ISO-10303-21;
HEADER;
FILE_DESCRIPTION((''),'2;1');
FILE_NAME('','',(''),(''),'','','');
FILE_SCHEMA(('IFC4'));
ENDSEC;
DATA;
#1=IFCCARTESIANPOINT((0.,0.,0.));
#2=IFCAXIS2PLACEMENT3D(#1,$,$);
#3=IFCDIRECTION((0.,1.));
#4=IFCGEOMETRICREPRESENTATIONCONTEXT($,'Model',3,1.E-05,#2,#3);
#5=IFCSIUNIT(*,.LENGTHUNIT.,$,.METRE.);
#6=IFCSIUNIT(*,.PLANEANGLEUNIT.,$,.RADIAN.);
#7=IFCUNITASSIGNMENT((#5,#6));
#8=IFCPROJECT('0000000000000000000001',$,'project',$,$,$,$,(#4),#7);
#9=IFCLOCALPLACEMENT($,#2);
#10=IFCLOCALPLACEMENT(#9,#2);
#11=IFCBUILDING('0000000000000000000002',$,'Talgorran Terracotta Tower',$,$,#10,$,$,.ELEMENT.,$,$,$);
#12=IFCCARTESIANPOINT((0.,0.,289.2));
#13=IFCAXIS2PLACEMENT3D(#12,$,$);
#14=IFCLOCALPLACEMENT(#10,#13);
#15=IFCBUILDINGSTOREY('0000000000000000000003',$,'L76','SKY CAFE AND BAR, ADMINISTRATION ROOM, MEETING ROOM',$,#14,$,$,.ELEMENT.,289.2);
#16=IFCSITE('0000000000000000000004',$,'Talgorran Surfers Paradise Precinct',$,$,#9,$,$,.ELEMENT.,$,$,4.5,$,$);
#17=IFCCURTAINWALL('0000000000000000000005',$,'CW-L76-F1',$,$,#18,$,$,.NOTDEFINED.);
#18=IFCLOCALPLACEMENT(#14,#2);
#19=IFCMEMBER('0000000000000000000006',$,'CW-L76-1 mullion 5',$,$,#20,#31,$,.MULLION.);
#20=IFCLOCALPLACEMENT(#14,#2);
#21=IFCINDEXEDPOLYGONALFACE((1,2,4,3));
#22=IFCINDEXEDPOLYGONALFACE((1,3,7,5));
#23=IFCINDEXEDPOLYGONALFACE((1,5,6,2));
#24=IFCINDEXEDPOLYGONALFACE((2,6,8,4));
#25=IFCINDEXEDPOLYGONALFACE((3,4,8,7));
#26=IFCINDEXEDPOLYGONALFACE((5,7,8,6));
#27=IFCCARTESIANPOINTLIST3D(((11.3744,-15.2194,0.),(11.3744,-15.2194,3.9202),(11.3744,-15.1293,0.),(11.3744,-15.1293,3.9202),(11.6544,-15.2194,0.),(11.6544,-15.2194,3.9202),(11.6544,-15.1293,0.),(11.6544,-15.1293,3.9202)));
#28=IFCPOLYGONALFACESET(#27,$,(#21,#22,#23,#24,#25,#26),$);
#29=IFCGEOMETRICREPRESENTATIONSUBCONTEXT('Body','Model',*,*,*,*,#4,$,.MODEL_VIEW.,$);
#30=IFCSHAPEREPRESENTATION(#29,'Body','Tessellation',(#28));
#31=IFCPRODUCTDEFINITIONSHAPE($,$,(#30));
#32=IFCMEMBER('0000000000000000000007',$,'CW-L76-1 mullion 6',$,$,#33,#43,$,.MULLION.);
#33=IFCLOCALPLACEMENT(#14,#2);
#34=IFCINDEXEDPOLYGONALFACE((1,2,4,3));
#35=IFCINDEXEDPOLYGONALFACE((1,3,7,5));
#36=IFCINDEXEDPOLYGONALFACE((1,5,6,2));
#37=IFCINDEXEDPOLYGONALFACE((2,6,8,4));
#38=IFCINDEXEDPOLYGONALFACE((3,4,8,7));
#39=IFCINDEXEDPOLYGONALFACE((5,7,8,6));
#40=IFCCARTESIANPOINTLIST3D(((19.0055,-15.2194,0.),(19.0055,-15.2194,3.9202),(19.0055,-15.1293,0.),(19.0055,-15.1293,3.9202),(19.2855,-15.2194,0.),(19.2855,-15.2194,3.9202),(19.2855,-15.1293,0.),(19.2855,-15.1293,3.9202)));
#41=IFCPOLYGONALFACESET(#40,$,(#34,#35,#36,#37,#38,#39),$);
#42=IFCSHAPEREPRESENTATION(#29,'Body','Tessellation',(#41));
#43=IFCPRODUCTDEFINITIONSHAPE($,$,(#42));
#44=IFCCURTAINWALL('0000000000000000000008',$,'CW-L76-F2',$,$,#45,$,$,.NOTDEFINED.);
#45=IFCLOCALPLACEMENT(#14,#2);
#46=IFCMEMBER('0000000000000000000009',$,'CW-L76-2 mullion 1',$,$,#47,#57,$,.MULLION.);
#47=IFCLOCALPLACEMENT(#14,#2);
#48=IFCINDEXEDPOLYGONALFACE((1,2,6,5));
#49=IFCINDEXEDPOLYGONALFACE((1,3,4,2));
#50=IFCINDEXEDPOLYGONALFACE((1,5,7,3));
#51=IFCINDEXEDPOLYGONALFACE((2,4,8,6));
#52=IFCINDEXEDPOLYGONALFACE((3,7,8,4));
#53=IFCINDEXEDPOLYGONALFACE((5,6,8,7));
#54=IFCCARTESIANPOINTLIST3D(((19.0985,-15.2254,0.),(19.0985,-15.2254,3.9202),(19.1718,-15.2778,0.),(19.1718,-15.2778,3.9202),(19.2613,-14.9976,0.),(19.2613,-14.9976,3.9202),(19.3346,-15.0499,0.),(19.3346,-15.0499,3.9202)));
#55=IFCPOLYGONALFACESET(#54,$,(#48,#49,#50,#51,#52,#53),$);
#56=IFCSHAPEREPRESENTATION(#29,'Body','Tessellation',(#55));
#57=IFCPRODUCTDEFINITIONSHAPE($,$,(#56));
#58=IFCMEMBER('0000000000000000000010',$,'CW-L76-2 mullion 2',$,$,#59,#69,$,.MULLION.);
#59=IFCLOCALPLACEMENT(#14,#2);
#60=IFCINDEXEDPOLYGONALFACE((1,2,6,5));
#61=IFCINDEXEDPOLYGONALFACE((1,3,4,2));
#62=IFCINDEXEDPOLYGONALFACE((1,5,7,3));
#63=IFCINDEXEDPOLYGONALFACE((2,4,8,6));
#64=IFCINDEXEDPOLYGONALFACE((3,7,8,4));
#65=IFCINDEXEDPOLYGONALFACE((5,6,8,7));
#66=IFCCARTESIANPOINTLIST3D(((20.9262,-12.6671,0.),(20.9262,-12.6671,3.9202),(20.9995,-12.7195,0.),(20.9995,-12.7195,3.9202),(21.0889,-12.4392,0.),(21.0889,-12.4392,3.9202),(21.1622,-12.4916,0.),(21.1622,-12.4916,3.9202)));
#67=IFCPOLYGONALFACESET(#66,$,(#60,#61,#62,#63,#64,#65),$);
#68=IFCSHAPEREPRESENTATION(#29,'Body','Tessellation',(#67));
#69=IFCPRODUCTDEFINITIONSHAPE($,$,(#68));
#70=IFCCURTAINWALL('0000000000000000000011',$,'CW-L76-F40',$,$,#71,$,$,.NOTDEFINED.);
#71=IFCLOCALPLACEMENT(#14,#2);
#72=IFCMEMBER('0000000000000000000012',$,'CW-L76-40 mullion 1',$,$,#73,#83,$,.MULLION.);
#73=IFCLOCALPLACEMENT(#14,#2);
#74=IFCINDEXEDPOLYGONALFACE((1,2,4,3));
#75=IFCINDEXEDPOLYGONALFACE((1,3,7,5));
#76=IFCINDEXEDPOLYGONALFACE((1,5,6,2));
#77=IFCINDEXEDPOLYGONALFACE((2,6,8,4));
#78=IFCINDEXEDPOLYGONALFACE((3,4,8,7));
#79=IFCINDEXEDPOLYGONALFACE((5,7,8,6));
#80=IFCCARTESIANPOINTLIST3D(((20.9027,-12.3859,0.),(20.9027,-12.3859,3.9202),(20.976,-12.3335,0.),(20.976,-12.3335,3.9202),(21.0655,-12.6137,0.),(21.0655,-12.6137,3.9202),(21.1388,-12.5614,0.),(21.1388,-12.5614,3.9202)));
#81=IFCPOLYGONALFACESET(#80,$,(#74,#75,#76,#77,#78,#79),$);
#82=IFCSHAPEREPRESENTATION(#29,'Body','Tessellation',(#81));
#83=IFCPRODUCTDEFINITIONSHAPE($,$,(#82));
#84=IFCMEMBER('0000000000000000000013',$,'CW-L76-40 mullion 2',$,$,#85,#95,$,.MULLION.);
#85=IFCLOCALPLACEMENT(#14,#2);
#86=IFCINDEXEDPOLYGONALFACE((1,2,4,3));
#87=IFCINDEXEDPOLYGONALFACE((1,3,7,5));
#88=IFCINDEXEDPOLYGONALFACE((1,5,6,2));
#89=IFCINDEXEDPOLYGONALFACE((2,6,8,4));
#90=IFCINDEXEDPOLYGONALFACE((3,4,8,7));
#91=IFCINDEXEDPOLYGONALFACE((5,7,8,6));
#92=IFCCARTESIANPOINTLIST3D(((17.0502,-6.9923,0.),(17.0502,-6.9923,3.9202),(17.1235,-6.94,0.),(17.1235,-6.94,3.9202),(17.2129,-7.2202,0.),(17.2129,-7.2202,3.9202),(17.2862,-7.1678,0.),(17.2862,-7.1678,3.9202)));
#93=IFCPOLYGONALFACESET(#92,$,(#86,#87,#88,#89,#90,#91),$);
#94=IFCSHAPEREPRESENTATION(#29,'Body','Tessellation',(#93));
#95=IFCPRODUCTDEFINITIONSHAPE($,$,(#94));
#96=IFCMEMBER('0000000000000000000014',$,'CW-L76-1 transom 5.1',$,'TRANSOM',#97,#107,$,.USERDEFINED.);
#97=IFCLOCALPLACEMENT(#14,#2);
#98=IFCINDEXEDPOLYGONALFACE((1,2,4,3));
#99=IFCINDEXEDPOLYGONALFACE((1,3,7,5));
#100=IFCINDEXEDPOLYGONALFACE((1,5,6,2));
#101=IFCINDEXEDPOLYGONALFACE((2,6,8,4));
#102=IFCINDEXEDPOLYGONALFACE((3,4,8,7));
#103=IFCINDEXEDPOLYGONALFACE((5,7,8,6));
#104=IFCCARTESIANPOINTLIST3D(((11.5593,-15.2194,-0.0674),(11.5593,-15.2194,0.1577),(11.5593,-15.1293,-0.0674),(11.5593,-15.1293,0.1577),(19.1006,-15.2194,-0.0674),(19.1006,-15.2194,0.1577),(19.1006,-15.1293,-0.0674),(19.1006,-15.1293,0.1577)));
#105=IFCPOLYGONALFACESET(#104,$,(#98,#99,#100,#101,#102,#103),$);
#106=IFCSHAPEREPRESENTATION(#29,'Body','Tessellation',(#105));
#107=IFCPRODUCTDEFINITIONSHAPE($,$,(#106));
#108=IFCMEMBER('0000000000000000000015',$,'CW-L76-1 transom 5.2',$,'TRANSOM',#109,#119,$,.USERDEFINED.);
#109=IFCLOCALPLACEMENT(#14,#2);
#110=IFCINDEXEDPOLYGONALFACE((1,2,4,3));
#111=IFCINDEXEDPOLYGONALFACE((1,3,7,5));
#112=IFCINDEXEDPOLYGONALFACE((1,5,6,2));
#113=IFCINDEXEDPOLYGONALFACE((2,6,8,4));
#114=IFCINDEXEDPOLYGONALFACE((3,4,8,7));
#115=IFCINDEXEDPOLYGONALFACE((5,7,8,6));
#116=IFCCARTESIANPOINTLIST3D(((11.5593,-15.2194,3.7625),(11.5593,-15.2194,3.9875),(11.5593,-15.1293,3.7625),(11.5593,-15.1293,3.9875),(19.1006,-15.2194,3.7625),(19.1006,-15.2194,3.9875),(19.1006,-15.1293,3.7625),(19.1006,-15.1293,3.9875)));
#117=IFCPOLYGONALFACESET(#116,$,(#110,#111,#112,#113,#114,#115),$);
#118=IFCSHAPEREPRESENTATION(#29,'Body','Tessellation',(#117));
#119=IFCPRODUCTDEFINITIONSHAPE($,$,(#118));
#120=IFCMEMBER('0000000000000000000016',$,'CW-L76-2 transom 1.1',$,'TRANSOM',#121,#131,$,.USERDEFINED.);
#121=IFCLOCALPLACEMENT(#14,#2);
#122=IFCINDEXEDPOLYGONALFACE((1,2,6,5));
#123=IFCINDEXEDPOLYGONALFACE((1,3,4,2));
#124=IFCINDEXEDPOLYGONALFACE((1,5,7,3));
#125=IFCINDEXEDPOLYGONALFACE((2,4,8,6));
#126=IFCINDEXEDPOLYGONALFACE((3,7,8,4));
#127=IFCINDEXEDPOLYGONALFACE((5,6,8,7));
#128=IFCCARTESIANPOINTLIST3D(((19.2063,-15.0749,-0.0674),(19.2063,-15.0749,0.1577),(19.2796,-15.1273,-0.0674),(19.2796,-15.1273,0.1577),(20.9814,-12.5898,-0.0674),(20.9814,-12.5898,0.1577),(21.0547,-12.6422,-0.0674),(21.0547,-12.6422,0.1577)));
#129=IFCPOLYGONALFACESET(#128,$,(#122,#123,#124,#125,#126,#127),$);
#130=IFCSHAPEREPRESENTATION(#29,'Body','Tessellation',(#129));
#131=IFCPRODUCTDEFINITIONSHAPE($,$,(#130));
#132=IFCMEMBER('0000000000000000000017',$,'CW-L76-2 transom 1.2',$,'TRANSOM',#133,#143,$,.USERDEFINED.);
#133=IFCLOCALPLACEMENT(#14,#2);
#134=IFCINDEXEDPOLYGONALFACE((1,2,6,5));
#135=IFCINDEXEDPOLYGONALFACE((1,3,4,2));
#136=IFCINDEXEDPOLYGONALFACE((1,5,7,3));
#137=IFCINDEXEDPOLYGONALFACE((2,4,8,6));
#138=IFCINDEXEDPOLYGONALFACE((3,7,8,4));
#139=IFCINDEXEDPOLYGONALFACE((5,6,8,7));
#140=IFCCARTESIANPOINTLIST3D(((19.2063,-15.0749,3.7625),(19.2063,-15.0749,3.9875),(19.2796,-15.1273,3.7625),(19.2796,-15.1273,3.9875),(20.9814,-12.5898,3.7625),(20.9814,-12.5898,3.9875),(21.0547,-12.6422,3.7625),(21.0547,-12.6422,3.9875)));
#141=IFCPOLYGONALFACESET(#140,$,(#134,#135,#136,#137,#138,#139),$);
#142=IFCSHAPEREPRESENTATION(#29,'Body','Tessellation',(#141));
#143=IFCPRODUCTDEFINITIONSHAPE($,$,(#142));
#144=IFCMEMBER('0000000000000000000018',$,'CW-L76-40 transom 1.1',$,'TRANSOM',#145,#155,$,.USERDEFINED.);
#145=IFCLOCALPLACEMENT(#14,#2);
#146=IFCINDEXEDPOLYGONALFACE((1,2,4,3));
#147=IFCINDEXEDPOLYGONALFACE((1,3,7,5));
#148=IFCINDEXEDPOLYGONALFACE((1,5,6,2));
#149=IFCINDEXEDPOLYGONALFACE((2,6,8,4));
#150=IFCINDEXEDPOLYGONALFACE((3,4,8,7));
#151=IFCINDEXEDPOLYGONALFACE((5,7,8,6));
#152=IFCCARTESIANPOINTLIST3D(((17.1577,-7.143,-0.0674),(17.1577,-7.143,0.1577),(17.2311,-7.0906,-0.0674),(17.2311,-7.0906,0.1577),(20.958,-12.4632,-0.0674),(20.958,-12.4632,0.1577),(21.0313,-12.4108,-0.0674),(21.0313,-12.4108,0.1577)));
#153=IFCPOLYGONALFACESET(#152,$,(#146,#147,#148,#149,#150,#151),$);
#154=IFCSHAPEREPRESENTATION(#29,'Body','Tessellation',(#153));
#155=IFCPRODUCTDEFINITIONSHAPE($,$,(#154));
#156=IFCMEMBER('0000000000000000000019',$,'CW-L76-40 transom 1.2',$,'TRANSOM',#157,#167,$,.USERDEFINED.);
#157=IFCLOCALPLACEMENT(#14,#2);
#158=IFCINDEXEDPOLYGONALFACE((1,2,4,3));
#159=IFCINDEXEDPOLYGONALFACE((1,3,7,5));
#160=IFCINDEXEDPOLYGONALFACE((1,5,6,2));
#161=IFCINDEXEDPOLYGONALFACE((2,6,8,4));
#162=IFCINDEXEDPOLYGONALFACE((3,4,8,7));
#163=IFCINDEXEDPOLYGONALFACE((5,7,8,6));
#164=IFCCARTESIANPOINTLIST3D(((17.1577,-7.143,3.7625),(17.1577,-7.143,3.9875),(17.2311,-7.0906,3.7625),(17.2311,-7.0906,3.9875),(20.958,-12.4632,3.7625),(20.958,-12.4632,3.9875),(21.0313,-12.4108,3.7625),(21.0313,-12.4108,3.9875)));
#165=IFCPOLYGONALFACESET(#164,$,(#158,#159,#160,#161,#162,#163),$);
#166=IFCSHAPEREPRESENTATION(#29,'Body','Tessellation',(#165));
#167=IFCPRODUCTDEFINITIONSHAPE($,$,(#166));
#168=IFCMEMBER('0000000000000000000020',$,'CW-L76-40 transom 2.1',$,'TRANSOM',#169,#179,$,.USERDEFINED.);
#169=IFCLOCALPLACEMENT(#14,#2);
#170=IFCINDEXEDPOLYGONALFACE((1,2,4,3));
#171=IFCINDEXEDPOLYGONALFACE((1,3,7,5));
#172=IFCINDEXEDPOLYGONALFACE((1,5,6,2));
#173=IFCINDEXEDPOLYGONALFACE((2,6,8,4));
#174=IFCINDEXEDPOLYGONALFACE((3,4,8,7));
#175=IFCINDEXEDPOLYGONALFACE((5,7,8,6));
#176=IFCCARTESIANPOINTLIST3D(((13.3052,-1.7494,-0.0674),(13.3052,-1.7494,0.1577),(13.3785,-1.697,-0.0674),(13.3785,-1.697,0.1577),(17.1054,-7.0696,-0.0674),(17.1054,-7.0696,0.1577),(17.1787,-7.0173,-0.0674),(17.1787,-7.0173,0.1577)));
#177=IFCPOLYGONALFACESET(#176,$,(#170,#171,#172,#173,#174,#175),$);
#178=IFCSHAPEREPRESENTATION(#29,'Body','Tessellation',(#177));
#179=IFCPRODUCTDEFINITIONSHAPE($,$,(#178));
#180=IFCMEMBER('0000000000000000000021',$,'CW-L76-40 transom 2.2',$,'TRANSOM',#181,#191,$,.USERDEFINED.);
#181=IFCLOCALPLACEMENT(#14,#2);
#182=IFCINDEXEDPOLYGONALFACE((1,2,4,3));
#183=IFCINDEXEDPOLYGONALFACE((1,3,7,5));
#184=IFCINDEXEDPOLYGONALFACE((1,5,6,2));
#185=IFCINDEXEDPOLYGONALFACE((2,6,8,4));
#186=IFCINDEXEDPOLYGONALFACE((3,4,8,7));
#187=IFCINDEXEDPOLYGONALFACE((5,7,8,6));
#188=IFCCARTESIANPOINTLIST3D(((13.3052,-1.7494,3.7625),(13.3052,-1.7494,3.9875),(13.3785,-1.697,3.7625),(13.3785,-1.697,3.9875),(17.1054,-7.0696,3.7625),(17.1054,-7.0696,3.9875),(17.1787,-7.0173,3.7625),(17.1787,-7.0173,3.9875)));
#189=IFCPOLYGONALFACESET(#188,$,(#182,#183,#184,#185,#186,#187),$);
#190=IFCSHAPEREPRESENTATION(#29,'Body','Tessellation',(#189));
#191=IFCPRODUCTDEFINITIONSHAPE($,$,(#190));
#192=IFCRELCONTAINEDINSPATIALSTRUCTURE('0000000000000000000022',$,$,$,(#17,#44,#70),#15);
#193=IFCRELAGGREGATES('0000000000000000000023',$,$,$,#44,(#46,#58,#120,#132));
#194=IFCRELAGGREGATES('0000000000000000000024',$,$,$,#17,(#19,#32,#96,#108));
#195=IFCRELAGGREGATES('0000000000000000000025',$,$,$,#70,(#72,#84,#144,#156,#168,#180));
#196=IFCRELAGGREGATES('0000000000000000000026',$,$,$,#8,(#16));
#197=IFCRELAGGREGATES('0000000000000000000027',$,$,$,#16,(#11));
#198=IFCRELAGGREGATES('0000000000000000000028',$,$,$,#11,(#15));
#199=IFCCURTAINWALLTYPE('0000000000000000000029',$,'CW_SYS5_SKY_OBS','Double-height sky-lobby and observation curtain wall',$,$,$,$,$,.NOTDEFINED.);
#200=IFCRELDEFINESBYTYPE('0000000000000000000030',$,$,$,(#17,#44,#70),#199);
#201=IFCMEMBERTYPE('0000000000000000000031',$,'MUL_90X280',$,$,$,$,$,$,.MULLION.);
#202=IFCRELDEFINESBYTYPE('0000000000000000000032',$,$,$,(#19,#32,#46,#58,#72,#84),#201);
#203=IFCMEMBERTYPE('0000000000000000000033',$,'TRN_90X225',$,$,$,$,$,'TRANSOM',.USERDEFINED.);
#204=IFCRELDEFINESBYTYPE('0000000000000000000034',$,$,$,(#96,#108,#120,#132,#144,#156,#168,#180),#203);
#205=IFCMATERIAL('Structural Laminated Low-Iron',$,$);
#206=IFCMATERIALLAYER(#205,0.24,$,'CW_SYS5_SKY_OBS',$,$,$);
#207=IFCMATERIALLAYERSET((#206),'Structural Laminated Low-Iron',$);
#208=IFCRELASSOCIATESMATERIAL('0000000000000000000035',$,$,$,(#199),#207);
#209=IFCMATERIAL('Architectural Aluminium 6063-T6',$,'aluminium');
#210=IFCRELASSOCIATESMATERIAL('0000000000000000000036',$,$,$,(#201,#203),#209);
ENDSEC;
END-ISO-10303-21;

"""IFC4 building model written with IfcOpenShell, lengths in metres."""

from ifc_helpers import new_model, si_unit, direction, frame, origin, origin_2d, place, context, subcontext, project, spatial, rectangle, extrude, material, layer, layer_set, material_profile, profile_set, type_object, element, aggregate, save


model = new_model("IFC4")

# Units and contexts
model_context = context("Model", 3, precision=1e-05, world=origin(), true_north=direction((0.0, 1.0)))
body_context = subcontext(model_context, "Body", "Model", "MODEL_VIEW")
ifc_project = project(units=[si_unit("LENGTHUNIT", "METRE"), si_unit("PLANEANGLEUNIT", "RADIAN")], contexts=[model_context])

# Site, building, storey
site_placement = place(None, origin())
site = spatial("IfcSite", under=ifc_project, at=site_placement, Name="Talgorran Surfers Paradise Precinct", CompositionType="ELEMENT", RefElevation=4.5)
building_placement = place(site_placement, origin())
building = spatial("IfcBuilding", under=site, at=building_placement, Name="Talgorran Terracotta Tower", CompositionType="ELEMENT")
storey_placement = place(building_placement, frame((0.0, 0.0, 289.2)))
storey = spatial("IfcBuildingStorey", under=building, at=storey_placement, Name="L76", Description="SKY CAFE AND BAR, ADMINISTRATION ROOM, MEETING ROOM", CompositionType="ELEMENT", Elevation=289.2)

# Curtain walls, members
ifc_material_1 = material(Name="Structural Laminated Low-Iron")
ifc_layer_1 = layer(ifc_material_1, 0.24, Name="CW_SYS5_SKY_OBS")
ifc_layer_set_1 = layer_set([ifc_layer_1], Name="Structural Laminated Low-Iron")
curtain_wall_type = type_object("IfcCurtainWallType", Name="CW_SYS5_SKY_OBS", Description="Double-height sky-lobby and observation curtain wall", PredefinedType="NOTDEFINED", material=ifc_layer_set_1)
curtain_wall_1_placement = place(storey_placement, origin())
curtain_wall_1 = element("IfcCurtainWall", 1, at=curtain_wall_1_placement, inside=storey, type_object=curtain_wall_type, Name="CW-L76-F1", PredefinedType="NOTDEFINED")
ifc_material_2 = material(Name="Architectural Aluminium 6063-T6", Category="aluminium")
ifc_material_profile_1 = material_profile(ifc_material_2, rectangle(XDim=0.0901, YDim=0.28, at=origin_2d()), Name="CWM90X280")
ifc_profile_set_1 = profile_set([ifc_material_profile_1], Name="Architectural Aluminium 6063-T6")
member_type_1 = type_object("IfcMemberType", Name="MUL_90X280", PredefinedType="MULLION", material=ifc_profile_set_1)
member_1_placement = place(storey_placement, frame((11.5144, -15.1743, 0.0), z_axis=(0.0, 0.0, 1.0), x_axis=(0.0, 1.0, 0.0)))
member_1 = element("IfcMember", 2, at=member_1_placement, type_object=member_type_1, Name="CW-L76-1 mullion 5", PredefinedType="MULLION", context=body_context, shape_type="SweptSolid", body=[
    extrude(rectangle(XDim=0.0901, YDim=0.28, at=origin_2d()), origin(), (0.0, 0.0, 1.0), 3.9202),
])
member_2_placement = place(storey_placement, frame((19.1455, -15.1743, 0.0), z_axis=(0.0, 0.0, 1.0), x_axis=(0.0, 1.0, 0.0)))
member_2 = element("IfcMember", 3, at=member_2_placement, type_object=member_type_1, Name="CW-L76-1 mullion 6", PredefinedType="MULLION", context=body_context, shape_type="SweptSolid", body=[
    extrude(rectangle(XDim=0.0901, YDim=0.28, at=origin_2d()), origin(), (0.0, 0.0, 1.0), 3.9202),
])
curtain_wall_2_placement = place(storey_placement, origin())
curtain_wall_2 = element("IfcCurtainWall", 4, at=curtain_wall_2_placement, inside=storey, type_object=curtain_wall_type, Name="CW-L76-F2", PredefinedType="NOTDEFINED")
member_3_placement = place(storey_placement, frame((19.2166, -15.1377, 0.0), z_axis=(0.0, 0.0, 1.0), x_axis=(-0.813721, 0.581256, 0.0)))
member_3 = element("IfcMember", 5, at=member_3_placement, type_object=member_type_1, Name="CW-L76-2 mullion 1", PredefinedType="MULLION", context=body_context, shape_type="SweptSolid", body=[
    extrude(rectangle(XDim=0.0901, YDim=0.28, at=origin_2d()), origin(), (0.0, 0.0, 1.0), 3.9202),
])
member_4_placement = place(storey_placement, frame((21.0442, -12.5793, 0.0), z_axis=(0.0, 0.0, 1.0), x_axis=(-0.813721, 0.581256, 0.0)))
member_4 = element("IfcMember", 6, at=member_4_placement, type_object=member_type_1, Name="CW-L76-2 mullion 2", PredefinedType="MULLION", context=body_context, shape_type="SweptSolid", body=[
    extrude(rectangle(XDim=0.0901, YDim=0.28, at=origin_2d()), origin(), (0.0, 0.0, 1.0), 3.9202),
])
curtain_wall_3_placement = place(storey_placement, origin())
curtain_wall_3 = element("IfcCurtainWall", 7, at=curtain_wall_3_placement, inside=storey, type_object=curtain_wall_type, Name="CW-L76-F40", PredefinedType="NOTDEFINED")
member_5_placement = place(storey_placement, frame((21.0208, -12.4736, 0.0), z_axis=(0.0, 0.0, 1.0), x_axis=(-0.813728, -0.581245, 0.0)))
member_5 = element("IfcMember", 8, at=member_5_placement, type_object=member_type_1, Name="CW-L76-40 mullion 1", PredefinedType="MULLION", context=body_context, shape_type="SweptSolid", body=[
    extrude(rectangle(XDim=0.0901, YDim=0.28, at=origin_2d()), origin(), (0.0, 0.0, 1.0), 3.9202),
])
member_6_placement = place(storey_placement, frame((17.1682, -7.0801, 0.0), z_axis=(0.0, 0.0, 1.0), x_axis=(-0.813728, -0.581245, 0.0)))
member_6 = element("IfcMember", 9, at=member_6_placement, type_object=member_type_1, Name="CW-L76-40 mullion 2", PredefinedType="MULLION", context=body_context, shape_type="SweptSolid", body=[
    extrude(rectangle(XDim=0.0901, YDim=0.28, at=origin_2d()), origin(), (0.0, 0.0, 1.0), 3.9202),
])

# Members
ifc_material_profile_2 = material_profile(ifc_material_2, rectangle(XDim=0.0901, YDim=0.2251, at=origin_2d()), Name="CWT90X225")
ifc_profile_set_2 = profile_set([ifc_material_profile_2], Name="Architectural Aluminium 6063-T6")
member_type_2 = type_object("IfcMemberType", Name="TRN_90X225", ElementType="TRANSOM", PredefinedType="USERDEFINED", material=ifc_profile_set_2)
member_7_placement = place(storey_placement, frame((11.5593, -15.1743, 0.0452), z_axis=(1.0, 0.0, 0.0), x_axis=(0.0, 1.0, 0.0)))
member_7 = element("IfcMember", 10, at=member_7_placement, type_object=member_type_2, Name="CW-L76-1 transom 5.1", ObjectType="TRANSOM", PredefinedType="USERDEFINED", context=body_context, shape_type="SweptSolid", body=[
    extrude(rectangle(XDim=0.0901, YDim=0.2251, at=origin_2d()), origin(), (0.0, 0.0, 1.0), 7.5413),
])
member_8_placement = place(storey_placement, frame((11.5593, -15.1743, 3.875), z_axis=(1.0, 0.0, 0.0), x_axis=(0.0, 1.0, 0.0)))
member_8 = element("IfcMember", 11, at=member_8_placement, type_object=member_type_2, Name="CW-L76-1 transom 5.2", ObjectType="TRANSOM", PredefinedType="USERDEFINED", context=body_context, shape_type="SweptSolid", body=[
    extrude(rectangle(XDim=0.0901, YDim=0.2251, at=origin_2d()), origin(), (0.0, 0.0, 1.0), 7.5413),
])
member_9_placement = place(storey_placement, frame((19.2429, -15.1011, 0.0452), z_axis=(0.581253, 0.813723, 0.0), x_axis=(-0.813723, 0.581253, 0.0)))
member_9 = element("IfcMember", 12, at=member_9_placement, type_object=member_type_2, Name="CW-L76-2 transom 1.1", ObjectType="TRANSOM", PredefinedType="USERDEFINED", context=body_context, shape_type="SweptSolid", body=[
    extrude(rectangle(XDim=0.0901, YDim=0.2251, at=origin_2d()), origin(), (0.0, 0.0, 1.0), 3.054),
])
member_10_placement = place(storey_placement, frame((19.2429, -15.1011, 3.875), z_axis=(0.581253, 0.813723, 0.0), x_axis=(-0.813723, 0.581253, 0.0)))
member_10 = element("IfcMember", 13, at=member_10_placement, type_object=member_type_2, Name="CW-L76-2 transom 1.2", ObjectType="TRANSOM", PredefinedType="USERDEFINED", context=body_context, shape_type="SweptSolid", body=[
    extrude(rectangle(XDim=0.0901, YDim=0.2251, at=origin_2d()), origin(), (0.0, 0.0, 1.0), 3.054),
])
member_11_placement = place(storey_placement, frame((20.9946, -12.437, 0.0452), z_axis=(-0.581245, 0.813728, 0.0), x_axis=(-0.813728, -0.581245, 0.0)))
member_11 = element("IfcMember", 14, at=member_11_placement, type_object=member_type_2, Name="CW-L76-40 transom 1.1", ObjectType="TRANSOM", PredefinedType="USERDEFINED", context=body_context, shape_type="SweptSolid", body=[
    extrude(rectangle(XDim=0.0901, YDim=0.2251, at=origin_2d()), origin(), (0.0, 0.0, 1.0), 6.5381),
])
member_12_placement = place(storey_placement, frame((20.9946, -12.437, 3.875), z_axis=(-0.581245, 0.813728, 0.0), x_axis=(-0.813728, -0.581245, 0.0)))
member_12 = element("IfcMember", 15, at=member_12_placement, type_object=member_type_2, Name="CW-L76-40 transom 1.2", ObjectType="TRANSOM", PredefinedType="USERDEFINED", context=body_context, shape_type="SweptSolid", body=[
    extrude(rectangle(XDim=0.0901, YDim=0.2251, at=origin_2d()), origin(), (0.0, 0.0, 1.0), 6.5381),
])
member_13_placement = place(storey_placement, frame((17.1421, -7.0435, 0.0452), z_axis=(-0.581245, 0.813728, 0.0), x_axis=(-0.813728, -0.581245, 0.0)))
member_13 = element("IfcMember", 16, at=member_13_placement, type_object=member_type_2, Name="CW-L76-40 transom 2.1", ObjectType="TRANSOM", PredefinedType="USERDEFINED", context=body_context, shape_type="SweptSolid", body=[
    extrude(rectangle(XDim=0.0901, YDim=0.2251, at=origin_2d()), origin(), (0.0, 0.0, 1.0), 6.5381),
])
member_14_placement = place(storey_placement, frame((17.1421, -7.0435, 3.875), z_axis=(-0.581245, 0.813728, 0.0), x_axis=(-0.813728, -0.581245, 0.0)))
member_14 = element("IfcMember", 17, at=member_14_placement, type_object=member_type_2, Name="CW-L76-40 transom 2.2", ObjectType="TRANSOM", PredefinedType="USERDEFINED", context=body_context, shape_type="SweptSolid", body=[
    extrude(rectangle(XDim=0.0901, YDim=0.2251, at=origin_2d()), origin(), (0.0, 0.0, 1.0), 6.5381),
])

aggregate(curtain_wall_2, [member_3, member_4, member_9, member_10])
aggregate(curtain_wall_1, [member_1, member_2, member_7, member_8])
aggregate(curtain_wall_3, [member_5, member_6, member_11, member_12, member_13, member_14])

save(model, "model.ifc")
